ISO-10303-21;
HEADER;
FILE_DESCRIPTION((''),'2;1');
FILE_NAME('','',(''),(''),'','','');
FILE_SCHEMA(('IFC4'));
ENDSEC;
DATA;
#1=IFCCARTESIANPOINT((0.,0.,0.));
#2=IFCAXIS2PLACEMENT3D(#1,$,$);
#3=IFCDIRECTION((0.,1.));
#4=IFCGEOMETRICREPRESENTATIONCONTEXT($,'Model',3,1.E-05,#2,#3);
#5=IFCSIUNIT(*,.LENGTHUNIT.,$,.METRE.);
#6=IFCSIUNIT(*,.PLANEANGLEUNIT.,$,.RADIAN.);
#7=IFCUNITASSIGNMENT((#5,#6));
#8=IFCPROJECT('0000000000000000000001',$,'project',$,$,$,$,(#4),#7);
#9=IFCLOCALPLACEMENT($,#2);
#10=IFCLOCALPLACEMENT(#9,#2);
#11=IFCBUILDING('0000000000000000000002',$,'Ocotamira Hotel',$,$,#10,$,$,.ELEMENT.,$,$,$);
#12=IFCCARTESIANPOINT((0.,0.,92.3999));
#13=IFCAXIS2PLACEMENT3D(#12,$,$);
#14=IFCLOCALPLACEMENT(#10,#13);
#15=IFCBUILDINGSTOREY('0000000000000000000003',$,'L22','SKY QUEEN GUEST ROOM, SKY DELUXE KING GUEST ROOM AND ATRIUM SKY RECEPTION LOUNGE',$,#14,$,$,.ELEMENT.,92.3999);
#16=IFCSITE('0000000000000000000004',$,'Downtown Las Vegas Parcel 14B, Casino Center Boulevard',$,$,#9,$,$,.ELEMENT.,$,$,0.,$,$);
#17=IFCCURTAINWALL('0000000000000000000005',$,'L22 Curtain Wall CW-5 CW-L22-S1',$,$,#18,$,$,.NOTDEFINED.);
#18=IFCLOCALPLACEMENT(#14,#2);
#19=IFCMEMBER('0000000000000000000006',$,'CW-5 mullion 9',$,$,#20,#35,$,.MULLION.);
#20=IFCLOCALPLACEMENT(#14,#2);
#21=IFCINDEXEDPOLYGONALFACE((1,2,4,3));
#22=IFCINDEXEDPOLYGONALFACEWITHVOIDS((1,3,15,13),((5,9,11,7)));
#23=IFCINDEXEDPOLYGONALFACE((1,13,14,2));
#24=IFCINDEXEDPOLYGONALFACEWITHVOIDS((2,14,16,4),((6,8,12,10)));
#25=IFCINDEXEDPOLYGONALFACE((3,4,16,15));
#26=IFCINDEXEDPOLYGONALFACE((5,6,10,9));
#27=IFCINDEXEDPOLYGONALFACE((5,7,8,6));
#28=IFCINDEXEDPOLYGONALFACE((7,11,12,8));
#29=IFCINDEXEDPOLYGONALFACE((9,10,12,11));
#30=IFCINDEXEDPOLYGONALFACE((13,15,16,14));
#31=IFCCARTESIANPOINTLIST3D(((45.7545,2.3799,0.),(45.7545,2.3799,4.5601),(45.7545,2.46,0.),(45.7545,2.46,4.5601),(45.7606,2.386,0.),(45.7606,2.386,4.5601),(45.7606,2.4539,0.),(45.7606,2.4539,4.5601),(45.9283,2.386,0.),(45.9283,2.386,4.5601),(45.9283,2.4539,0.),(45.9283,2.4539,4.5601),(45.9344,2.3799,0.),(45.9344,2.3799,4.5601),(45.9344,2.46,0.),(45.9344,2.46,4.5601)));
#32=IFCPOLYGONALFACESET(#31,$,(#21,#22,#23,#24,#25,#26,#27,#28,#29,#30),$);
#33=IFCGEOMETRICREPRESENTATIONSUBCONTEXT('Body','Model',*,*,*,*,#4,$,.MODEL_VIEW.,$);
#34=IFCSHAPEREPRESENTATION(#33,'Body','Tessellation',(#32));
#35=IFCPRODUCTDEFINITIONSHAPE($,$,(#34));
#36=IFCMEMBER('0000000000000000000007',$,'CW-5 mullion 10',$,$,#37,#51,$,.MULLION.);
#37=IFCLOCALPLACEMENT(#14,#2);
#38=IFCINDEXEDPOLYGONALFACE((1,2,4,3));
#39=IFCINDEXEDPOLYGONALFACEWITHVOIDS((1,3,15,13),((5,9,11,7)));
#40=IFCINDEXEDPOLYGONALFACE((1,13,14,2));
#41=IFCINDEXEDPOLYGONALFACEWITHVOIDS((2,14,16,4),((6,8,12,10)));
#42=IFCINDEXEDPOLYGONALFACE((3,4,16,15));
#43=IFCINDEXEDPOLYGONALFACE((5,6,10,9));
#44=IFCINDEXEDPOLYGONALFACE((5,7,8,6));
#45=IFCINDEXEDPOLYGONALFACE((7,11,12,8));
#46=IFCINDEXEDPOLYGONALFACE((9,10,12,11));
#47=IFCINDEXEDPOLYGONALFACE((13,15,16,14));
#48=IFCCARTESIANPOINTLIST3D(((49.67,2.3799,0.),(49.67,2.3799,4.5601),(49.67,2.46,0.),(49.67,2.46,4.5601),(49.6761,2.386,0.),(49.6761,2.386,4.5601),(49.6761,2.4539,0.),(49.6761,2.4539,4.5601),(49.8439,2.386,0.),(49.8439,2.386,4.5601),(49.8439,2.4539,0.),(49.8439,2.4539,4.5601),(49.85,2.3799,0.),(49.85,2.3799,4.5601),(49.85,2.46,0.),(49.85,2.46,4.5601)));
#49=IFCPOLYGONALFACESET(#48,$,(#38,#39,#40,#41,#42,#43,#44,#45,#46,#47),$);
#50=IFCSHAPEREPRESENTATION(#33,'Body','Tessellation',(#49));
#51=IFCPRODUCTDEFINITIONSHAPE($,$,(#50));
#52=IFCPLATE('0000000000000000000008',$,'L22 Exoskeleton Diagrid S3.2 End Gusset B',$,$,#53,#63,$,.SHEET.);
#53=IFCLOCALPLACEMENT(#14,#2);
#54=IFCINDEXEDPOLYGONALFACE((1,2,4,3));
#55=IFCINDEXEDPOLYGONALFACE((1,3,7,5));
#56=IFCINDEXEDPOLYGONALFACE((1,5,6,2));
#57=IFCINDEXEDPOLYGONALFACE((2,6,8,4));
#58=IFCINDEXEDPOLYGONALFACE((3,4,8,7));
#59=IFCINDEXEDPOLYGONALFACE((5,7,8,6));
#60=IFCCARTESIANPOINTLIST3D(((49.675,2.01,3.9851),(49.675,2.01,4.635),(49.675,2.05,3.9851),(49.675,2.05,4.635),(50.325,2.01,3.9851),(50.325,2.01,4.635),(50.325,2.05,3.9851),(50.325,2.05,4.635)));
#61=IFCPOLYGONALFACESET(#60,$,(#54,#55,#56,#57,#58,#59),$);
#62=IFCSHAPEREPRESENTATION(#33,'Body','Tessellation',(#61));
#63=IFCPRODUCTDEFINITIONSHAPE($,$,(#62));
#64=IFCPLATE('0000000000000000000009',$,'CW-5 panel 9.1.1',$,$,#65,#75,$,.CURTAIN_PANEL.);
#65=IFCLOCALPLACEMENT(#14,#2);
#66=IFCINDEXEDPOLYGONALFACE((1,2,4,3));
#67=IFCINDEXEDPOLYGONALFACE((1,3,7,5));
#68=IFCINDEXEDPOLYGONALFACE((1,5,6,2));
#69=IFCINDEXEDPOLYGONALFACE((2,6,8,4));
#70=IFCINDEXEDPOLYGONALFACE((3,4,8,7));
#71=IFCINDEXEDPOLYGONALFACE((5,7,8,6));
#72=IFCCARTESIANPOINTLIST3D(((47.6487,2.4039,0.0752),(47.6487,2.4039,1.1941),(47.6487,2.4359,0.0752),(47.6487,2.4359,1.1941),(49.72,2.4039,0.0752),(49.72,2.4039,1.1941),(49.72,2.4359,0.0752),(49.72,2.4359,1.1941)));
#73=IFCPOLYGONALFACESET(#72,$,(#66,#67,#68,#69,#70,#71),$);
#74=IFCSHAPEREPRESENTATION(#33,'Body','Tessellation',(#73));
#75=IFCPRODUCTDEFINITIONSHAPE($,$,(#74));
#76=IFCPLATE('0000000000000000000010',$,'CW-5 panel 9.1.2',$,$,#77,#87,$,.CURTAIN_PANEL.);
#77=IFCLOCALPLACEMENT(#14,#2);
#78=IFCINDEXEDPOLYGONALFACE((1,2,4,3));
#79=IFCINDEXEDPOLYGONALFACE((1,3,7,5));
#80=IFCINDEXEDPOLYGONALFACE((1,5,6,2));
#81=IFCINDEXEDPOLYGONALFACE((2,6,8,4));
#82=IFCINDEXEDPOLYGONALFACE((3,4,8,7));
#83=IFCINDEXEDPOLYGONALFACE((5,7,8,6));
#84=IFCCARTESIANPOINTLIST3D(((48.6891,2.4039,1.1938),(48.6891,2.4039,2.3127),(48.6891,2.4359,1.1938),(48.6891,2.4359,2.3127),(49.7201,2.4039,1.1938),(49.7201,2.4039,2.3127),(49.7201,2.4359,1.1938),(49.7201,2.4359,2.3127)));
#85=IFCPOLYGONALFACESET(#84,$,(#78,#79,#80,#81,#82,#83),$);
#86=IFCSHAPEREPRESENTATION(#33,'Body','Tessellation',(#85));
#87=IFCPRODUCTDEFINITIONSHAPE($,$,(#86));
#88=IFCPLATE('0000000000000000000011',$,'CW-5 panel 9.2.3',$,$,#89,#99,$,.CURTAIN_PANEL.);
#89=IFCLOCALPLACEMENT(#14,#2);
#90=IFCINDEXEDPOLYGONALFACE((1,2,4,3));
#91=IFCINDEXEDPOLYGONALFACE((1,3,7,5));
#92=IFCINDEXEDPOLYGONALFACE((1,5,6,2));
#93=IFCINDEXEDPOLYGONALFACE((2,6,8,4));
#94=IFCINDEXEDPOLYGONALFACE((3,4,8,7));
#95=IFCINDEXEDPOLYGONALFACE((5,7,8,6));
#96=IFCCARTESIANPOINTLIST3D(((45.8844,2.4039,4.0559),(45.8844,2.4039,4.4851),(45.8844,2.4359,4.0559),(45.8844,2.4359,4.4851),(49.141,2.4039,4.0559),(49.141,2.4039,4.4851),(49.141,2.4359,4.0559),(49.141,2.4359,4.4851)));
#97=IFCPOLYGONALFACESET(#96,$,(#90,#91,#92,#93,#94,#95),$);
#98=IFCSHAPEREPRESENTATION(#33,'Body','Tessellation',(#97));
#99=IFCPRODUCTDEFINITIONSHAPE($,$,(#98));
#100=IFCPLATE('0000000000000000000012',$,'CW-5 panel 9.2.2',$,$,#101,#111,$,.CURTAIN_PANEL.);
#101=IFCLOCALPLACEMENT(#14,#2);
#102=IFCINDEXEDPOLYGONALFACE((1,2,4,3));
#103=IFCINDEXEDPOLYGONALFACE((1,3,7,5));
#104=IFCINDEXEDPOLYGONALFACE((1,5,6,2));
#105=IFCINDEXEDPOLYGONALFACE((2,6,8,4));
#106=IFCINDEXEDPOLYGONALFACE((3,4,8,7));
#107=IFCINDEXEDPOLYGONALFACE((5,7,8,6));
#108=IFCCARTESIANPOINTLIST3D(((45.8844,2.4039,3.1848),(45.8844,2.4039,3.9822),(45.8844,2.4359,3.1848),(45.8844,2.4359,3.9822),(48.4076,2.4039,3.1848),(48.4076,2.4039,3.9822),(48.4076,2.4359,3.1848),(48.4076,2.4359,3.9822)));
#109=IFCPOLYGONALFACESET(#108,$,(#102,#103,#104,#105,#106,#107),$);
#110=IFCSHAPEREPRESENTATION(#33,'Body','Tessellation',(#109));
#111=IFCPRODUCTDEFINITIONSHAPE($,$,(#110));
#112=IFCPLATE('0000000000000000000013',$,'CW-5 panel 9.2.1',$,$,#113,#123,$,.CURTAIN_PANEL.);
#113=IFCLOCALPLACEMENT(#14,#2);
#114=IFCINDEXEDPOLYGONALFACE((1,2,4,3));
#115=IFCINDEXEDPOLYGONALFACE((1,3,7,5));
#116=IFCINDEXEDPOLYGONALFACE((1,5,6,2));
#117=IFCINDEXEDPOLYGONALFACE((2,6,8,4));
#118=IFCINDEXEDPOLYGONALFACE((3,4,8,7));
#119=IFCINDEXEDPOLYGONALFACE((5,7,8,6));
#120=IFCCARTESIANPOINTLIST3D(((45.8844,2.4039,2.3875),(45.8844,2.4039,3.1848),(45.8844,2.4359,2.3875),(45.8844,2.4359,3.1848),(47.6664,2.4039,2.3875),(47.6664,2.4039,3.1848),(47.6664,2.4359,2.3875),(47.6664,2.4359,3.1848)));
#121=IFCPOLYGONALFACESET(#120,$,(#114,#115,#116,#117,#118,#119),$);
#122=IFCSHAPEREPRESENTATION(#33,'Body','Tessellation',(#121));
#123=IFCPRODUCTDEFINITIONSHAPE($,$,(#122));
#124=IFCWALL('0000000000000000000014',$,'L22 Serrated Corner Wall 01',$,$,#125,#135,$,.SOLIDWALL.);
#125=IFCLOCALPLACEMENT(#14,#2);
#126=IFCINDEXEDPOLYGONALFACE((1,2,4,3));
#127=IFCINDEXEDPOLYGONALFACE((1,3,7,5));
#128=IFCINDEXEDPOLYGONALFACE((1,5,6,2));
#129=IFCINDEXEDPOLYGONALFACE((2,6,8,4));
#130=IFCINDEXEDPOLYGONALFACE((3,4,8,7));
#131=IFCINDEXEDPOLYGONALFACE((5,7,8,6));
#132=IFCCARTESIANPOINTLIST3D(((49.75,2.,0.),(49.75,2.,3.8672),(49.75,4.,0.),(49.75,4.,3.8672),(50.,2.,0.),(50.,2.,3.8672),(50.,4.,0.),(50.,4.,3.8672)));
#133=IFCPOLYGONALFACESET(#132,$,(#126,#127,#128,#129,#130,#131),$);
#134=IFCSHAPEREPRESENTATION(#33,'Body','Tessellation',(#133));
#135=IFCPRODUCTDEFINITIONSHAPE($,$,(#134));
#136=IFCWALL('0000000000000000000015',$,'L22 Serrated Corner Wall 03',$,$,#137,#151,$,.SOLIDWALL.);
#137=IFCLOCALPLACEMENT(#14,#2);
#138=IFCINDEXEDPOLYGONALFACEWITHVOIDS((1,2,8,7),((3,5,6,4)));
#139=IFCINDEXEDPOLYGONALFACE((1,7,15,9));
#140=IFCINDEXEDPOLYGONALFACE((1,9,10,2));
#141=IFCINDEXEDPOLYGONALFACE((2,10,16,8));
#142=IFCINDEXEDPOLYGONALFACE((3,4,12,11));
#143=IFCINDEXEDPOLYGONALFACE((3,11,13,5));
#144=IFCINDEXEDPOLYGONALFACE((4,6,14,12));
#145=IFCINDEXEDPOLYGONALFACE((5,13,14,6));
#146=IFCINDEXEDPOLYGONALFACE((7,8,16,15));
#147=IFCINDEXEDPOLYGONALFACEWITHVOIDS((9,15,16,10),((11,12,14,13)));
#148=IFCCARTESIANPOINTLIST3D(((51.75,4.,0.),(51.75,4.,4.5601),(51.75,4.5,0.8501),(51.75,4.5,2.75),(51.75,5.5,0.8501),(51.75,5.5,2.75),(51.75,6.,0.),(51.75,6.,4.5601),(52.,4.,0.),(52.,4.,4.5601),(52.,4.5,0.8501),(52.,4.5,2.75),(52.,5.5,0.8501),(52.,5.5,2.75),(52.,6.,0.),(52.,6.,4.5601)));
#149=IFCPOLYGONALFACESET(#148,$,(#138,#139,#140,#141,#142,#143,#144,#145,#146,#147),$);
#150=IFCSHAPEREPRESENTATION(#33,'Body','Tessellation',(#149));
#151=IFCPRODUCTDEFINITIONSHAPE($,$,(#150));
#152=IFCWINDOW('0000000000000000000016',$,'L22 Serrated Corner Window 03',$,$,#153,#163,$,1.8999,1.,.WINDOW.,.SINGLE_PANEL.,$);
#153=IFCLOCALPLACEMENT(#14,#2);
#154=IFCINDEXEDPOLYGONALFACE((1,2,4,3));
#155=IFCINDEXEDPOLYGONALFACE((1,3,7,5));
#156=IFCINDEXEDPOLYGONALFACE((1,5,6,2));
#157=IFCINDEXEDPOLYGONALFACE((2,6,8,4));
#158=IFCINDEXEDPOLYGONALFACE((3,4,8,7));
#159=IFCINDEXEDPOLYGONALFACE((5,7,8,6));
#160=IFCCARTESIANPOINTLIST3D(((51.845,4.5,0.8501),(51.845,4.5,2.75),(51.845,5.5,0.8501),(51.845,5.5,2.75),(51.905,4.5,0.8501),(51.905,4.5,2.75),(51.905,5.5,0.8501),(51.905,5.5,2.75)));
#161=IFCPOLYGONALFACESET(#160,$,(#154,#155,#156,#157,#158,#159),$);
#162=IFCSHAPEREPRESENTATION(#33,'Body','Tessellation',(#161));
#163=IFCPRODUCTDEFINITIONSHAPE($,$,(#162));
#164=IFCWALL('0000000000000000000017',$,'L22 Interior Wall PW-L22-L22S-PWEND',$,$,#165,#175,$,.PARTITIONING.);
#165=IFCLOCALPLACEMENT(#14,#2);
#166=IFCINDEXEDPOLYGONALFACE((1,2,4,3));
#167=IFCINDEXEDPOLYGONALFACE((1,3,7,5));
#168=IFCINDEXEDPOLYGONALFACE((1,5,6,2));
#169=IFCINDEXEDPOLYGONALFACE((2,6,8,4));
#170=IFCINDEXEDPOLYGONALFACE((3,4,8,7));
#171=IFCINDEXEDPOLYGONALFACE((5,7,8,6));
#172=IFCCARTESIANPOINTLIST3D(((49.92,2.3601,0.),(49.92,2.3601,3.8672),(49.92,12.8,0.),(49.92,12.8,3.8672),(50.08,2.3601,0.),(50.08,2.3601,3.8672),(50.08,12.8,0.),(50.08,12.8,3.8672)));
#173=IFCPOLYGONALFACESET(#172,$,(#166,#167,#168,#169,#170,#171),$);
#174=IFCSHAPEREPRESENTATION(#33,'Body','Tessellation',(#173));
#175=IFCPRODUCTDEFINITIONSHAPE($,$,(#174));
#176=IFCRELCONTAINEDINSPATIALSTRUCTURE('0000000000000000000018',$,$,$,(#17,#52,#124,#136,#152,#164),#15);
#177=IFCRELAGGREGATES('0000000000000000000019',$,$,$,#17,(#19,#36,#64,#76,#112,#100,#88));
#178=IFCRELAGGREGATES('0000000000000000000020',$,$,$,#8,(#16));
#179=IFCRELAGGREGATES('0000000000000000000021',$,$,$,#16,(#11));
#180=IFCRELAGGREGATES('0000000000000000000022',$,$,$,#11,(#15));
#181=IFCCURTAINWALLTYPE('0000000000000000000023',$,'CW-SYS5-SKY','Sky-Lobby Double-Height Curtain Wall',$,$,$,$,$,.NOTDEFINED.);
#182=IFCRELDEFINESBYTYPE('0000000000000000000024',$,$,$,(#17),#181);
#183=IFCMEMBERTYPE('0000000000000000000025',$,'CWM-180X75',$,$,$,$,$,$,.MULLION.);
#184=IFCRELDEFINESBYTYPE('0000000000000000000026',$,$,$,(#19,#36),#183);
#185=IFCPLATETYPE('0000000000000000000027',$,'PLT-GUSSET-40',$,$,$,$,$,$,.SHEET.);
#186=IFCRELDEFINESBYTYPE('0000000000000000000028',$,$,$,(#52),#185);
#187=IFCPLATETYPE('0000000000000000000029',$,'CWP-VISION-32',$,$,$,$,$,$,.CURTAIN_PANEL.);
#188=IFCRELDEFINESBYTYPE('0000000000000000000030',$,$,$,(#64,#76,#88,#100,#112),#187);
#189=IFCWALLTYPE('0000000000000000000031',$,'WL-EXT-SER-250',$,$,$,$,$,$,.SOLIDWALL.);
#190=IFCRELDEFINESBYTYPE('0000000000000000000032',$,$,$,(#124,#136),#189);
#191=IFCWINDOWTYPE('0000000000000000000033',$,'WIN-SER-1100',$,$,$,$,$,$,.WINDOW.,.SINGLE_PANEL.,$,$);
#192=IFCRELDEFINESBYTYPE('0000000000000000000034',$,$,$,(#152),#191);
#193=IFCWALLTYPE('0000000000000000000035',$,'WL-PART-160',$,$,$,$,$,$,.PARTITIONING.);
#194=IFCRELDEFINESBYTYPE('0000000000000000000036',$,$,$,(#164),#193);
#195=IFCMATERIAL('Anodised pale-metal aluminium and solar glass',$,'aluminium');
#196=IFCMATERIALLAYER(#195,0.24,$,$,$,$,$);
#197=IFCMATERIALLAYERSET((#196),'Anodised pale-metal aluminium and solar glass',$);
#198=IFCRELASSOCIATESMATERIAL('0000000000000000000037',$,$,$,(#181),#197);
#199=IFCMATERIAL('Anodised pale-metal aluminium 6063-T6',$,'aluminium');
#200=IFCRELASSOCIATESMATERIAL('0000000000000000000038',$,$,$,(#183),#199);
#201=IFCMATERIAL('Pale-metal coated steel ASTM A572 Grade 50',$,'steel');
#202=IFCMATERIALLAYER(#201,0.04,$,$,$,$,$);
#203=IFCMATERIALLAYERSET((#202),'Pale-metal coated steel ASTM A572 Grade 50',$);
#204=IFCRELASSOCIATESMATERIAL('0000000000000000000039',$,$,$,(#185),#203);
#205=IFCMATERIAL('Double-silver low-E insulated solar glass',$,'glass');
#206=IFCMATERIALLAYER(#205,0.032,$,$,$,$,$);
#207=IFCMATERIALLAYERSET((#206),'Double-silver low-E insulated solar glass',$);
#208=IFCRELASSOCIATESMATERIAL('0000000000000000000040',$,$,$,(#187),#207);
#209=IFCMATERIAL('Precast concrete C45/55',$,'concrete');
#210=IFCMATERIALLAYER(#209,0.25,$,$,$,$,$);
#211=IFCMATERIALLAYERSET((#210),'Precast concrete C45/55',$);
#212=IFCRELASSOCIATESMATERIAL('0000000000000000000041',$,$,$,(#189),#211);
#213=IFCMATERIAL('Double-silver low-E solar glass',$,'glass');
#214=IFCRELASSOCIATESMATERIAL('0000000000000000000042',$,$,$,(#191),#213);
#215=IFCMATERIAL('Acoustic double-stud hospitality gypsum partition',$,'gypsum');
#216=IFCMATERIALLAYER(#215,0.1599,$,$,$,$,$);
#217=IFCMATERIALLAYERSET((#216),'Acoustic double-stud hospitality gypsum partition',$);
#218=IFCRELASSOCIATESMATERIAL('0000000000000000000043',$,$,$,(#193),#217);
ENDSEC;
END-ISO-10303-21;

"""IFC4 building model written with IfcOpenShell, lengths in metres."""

from ifc_helpers import new_model, si_unit, direction, frame, frame_2d, origin, origin_2d, place, context, subcontext, project, spatial, rectangle, hollow_rectangle, extrude, source, transform, mapped, material, layer, layer_set, material_profile, profile_set, type_object, element, fill, aggregate, save


model = new_model("IFC4")

# Units and contexts
model_context = context("Model", 3, precision=1e-05, world=origin(), true_north=direction((0.0, 1.0)))
body_context = subcontext(model_context, "Body", "Model", "MODEL_VIEW")
ifc_project = project(units=[si_unit("LENGTHUNIT", "METRE"), si_unit("PLANEANGLEUNIT", "RADIAN")], contexts=[model_context])

# Site, building, storey
site_placement = place(None, origin())
site = spatial("IfcSite", under=ifc_project, at=site_placement, Name="Downtown Las Vegas Parcel 14B, Casino Center Boulevard", CompositionType="ELEMENT", RefElevation=0.0)
building_placement = place(site_placement, origin())
building = spatial("IfcBuilding", under=site, at=building_placement, Name="Ocotamira Hotel", CompositionType="ELEMENT")
storey_placement = place(building_placement, frame((0.0, 0.0, 92.3999)))
storey = spatial("IfcBuildingStorey", under=building, at=storey_placement, Name="L22", Description="SKY QUEEN GUEST ROOM, SKY DELUXE KING GUEST ROOM AND ATRIUM SKY RECEPTION LOUNGE", CompositionType="ELEMENT", Elevation=92.3999)

# Curtain wall, members
ifc_material_1 = material(Name="Anodised pale-metal aluminium and solar glass", Category="aluminium")
ifc_layer_1 = layer(ifc_material_1, 0.24)
ifc_layer_set_1 = layer_set([ifc_layer_1], Name="Anodised pale-metal aluminium and solar glass")
curtain_wall_type = type_object("IfcCurtainWallType", Name="CW-SYS5-SKY", Description="Sky-Lobby Double-Height Curtain Wall", PredefinedType="NOTDEFINED", material=ifc_layer_set_1)
curtain_wall_placement = place(storey_placement, origin())
curtain_wall = element("IfcCurtainWall", 1, at=curtain_wall_placement, inside=storey, type_object=curtain_wall_type, Name="L22 Curtain Wall CW-5 CW-L22-S1", PredefinedType="NOTDEFINED")
ifc_material_2 = material(Name="Anodised pale-metal aluminium 6063-T6", Category="aluminium")
ifc_material_profile_1 = material_profile(ifc_material_2, hollow_rectangle(XDim=0.0801, YDim=0.1799, WallThickness=0.0061, at=origin_2d()), Name="HSS180X80X6")
ifc_profile_set_1 = profile_set([ifc_material_profile_1], Name="Anodised pale-metal aluminium 6063-T6")
member_type_1 = type_object("IfcMemberType", Name="CWM-180X75", PredefinedType="MULLION", material=ifc_profile_set_1)
shared_shape_1 = source(origin(), body_context, "Body", "SweptSolid", [
    extrude(hollow_rectangle(XDim=0.0801, YDim=0.1799, WallThickness=0.0061, at=origin_2d()), origin(), (0.0, 0.0, 1.0), 4.5601),
])
member_1_placement = place(storey_placement, frame((45.8445, 2.4199, 0.0), z_axis=(0.0, 0.0, 1.0), x_axis=(0.0, 1.0, 0.0)))
member_1 = element("IfcMember", 2, at=member_1_placement, type_object=member_type_1, Name="CW-5 mullion 9", PredefinedType="MULLION", context=body_context, shape_type="MappedRepresentation", body=[
    mapped(shared_shape_1, transform((0.0, 0.0, 0.0), scale=1.0)),
])
member_2_placement = place(storey_placement, frame((49.76, 2.4199, 0.0), z_axis=(0.0, 0.0, 1.0), x_axis=(0.0, 1.0, 0.0)))
member_2 = element("IfcMember", 3, at=member_2_placement, type_object=member_type_1, Name="CW-5 mullion 10", PredefinedType="MULLION", context=body_context, shape_type="MappedRepresentation", body=[
    mapped(shared_shape_1, transform((0.0, 0.0, 0.0), scale=1.0)),
])

# Plates
ifc_material_3 = material(Name="Pale-metal coated steel ASTM A572 Grade 50", Category="steel")
ifc_layer_2 = layer(ifc_material_3, 0.04)
ifc_layer_set_2 = layer_set([ifc_layer_2], Name="Pale-metal coated steel ASTM A572 Grade 50")
plate_type_1 = type_object("IfcPlateType", Name="PLT-GUSSET-40", PredefinedType="SHEET", material=ifc_layer_set_2)
shared_shape_2 = source(origin(), body_context, "Body", "SweptSolid", [
    extrude(rectangle(XDim=0.6499, YDim=0.04, at=origin_2d()), origin(), (0.0, 0.0, 1.0), 0.6499),
])
plate_1_placement = place(storey_placement, frame((50.0, 2.03, 3.9851), z_axis=(0.0, 0.0, 1.0), x_axis=(1.0, 0.0, 0.0)))
element("IfcPlate", 4, at=plate_1_placement, inside=storey, type_object=plate_type_1, Name="L22 Exoskeleton Diagrid S3.2 End Gusset B", PredefinedType="SHEET", context=body_context, shape_type="MappedRepresentation", body=[
    mapped(shared_shape_2, transform((0.0, 0.0, 0.0), scale=1.0)),
])
ifc_material_4 = material(Name="Double-silver low-E insulated solar glass", Category="glass")
ifc_layer_3 = layer(ifc_material_4, 0.032)
ifc_layer_set_3 = layer_set([ifc_layer_3], Name="Double-silver low-E insulated solar glass")
plate_type_2 = type_object("IfcPlateType", Name="CWP-VISION-32", PredefinedType="CURTAIN_PANEL", material=ifc_layer_set_3)
shared_shape_3 = source(origin(), body_context, "Body", "SweptSolid", [
    extrude(rectangle(XDim=2.0713, YDim=0.032, at=origin_2d()), origin(), (0.0, 0.0, 1.0), 1.1189),
])
plate_2_placement = place(storey_placement, frame((48.6843, 2.4199, 0.0752), z_axis=(0.0, 0.0, 1.0), x_axis=(1.0, 0.0, 0.0)))
plate_2 = element("IfcPlate", 5, at=plate_2_placement, type_object=plate_type_2, Name="CW-5 panel 9.1.1", PredefinedType="CURTAIN_PANEL", context=body_context, shape_type="MappedRepresentation", body=[
    mapped(shared_shape_3, transform((0.0, 0.0, 0.0), scale=1.0)),
])
shared_shape_4 = source(origin(), body_context, "Body", "SweptSolid", [
    extrude(rectangle(XDim=1.031, YDim=0.032, at=origin_2d()), origin(), (0.0, 0.0, 1.0), 1.1189),
])
plate_3_placement = place(storey_placement, frame((49.2046, 2.4199, 1.1938), z_axis=(0.0, 0.0, 1.0), x_axis=(1.0, 0.0, 0.0)))
plate_3 = element("IfcPlate", 6, at=plate_3_placement, type_object=plate_type_2, Name="CW-5 panel 9.1.2", PredefinedType="CURTAIN_PANEL", context=body_context, shape_type="MappedRepresentation", body=[
    mapped(shared_shape_4, transform((0.0, 0.0, 0.0), scale=1.0)),
])
shared_shape_5 = source(origin(), body_context, "Body", "SweptSolid", [
    extrude(rectangle(XDim=3.2566, YDim=0.032, at=origin_2d()), origin(), (0.0, 0.0, 1.0), 0.4292),
])
plate_4_placement = place(storey_placement, frame((47.5127, 2.4199, 4.0559), z_axis=(0.0, 0.0, 1.0), x_axis=(1.0, 0.0, 0.0)))
plate_4 = element("IfcPlate", 7, at=plate_4_placement, type_object=plate_type_2, Name="CW-5 panel 9.2.3", PredefinedType="CURTAIN_PANEL", context=body_context, shape_type="MappedRepresentation", body=[
    mapped(shared_shape_5, transform((0.0, 0.0, 0.0), scale=1.0)),
])
shared_shape_6 = source(origin(), body_context, "Body", "SweptSolid", [
    extrude(rectangle(XDim=2.5232, YDim=0.032, at=origin_2d()), origin(), (0.0, 0.0, 1.0), 0.7974),
])
plate_5_placement = place(storey_placement, frame((47.146, 2.4199, 3.1848), z_axis=(0.0, 0.0, 1.0), x_axis=(1.0, 0.0, 0.0)))
plate_5 = element("IfcPlate", 8, at=plate_5_placement, type_object=plate_type_2, Name="CW-5 panel 9.2.2", PredefinedType="CURTAIN_PANEL", context=body_context, shape_type="MappedRepresentation", body=[
    mapped(shared_shape_6, transform((0.0, 0.0, 0.0), scale=1.0)),
])
shared_shape_7 = source(origin(), body_context, "Body", "SweptSolid", [
    extrude(rectangle(XDim=1.782, YDim=0.032, at=origin_2d()), origin(), (0.0, 0.0, 1.0), 0.7974),
])
plate_6_placement = place(storey_placement, frame((46.7754, 2.4199, 2.3875), z_axis=(0.0, 0.0, 1.0), x_axis=(1.0, 0.0, 0.0)))
plate_6 = element("IfcPlate", 9, at=plate_6_placement, type_object=plate_type_2, Name="CW-5 panel 9.2.1", PredefinedType="CURTAIN_PANEL", context=body_context, shape_type="MappedRepresentation", body=[
    mapped(shared_shape_7, transform((0.0, 0.0, 0.0), scale=1.0)),
])
aggregate(curtain_wall, [member_1, member_2, plate_2, plate_3, plate_6, plate_5, plate_4])

# Wall
ifc_material_5 = material(Name="Precast concrete C45/55", Category="concrete")
ifc_layer_4 = layer(ifc_material_5, 0.25)
ifc_layer_set_4 = layer_set([ifc_layer_4], Name="Precast concrete C45/55")
wall_type_1 = type_object("IfcWallType", Name="WL-EXT-SER-250", PredefinedType="SOLIDWALL", material=ifc_layer_set_4)
wall_1_placement = place(storey_placement, frame((49.875, 2.0, 0.0), z_axis=(0.0, 0.0, 1.0), x_axis=(0.0, 1.0, 0.0)))
element("IfcWall", 10, at=wall_1_placement, inside=storey, type_object=wall_type_1, Name="L22 Serrated Corner Wall 01", PredefinedType="SOLIDWALL", context=body_context, shape_type="SweptSolid", body=[
    extrude(rectangle(XDim=2.0, YDim=0.25, at=frame_2d((1.0, 0.0))), origin(), (0.0, 0.0, 1.0), 3.8672),
])

# Wall, opening, window
wall_2_placement = place(storey_placement, frame((51.875, 4.0, 0.0), z_axis=(0.0, 0.0, 1.0), x_axis=(0.0, 1.0, 0.0)))
wall_2 = element("IfcWall", 11, at=wall_2_placement, inside=storey, type_object=wall_type_1, Name="L22 Serrated Corner Wall 03", PredefinedType="SOLIDWALL", context=body_context, shape_type="SweptSolid", body=[
    extrude(rectangle(XDim=2.0, YDim=0.25, at=frame_2d((1.0, 0.0))), origin(), (0.0, 0.0, 1.0), 4.5601),
])
opening_placement = place(wall_2_placement, frame((0.5, 0.0, 0.8501)))
opening = element("IfcOpeningElement", 12, at=opening_placement, cuts=wall_2, PredefinedType="OPENING", context=body_context, shape_type="SweptSolid", body=[
    extrude(rectangle(XDim=1.0, YDim=1.8999, at=frame_2d((0.5, 0.95))), frame((0.0, 0.135, 0.0), z_axis=(0.0, -1.0, 0.0), x_axis=(1.0, 0.0, 0.0)), (0.0, 0.0, 1.0), 0.27),
])
ifc_material_6 = material(Name="Double-silver low-E solar glass", Category="glass")
window_type = type_object("IfcWindowType", Name="WIN-SER-1100", PartitioningType="SINGLE_PANEL", PredefinedType="WINDOW", material=ifc_material_6)
shared_shape_8 = source(origin(), body_context, "Body", "SweptSolid", [
    extrude(rectangle(XDim=1.0, YDim=1.8999, at=frame_2d((0.5, 0.95))), frame((0.0, 0.03, 0.0), z_axis=(0.0, -1.0, 0.0), x_axis=(1.0, 0.0, 0.0)), (0.0, 0.0, 1.0), 0.0601),
])
window_placement = place(opening_placement, origin())
window = element("IfcWindow", 13, at=window_placement, inside=storey, type_object=window_type, Name="L22 Serrated Corner Window 03", OverallHeight=1.8999, OverallWidth=1.0, PartitioningType="SINGLE_PANEL", PredefinedType="WINDOW", context=body_context, shape_type="MappedRepresentation", body=[
    mapped(shared_shape_8, transform((0.0, 0.0, 0.0), scale=1.0)),
])
fill(opening, window)

# Wall
ifc_material_7 = material(Name="Acoustic double-stud hospitality gypsum partition", Category="gypsum")
ifc_layer_5 = layer(ifc_material_7, 0.1599)
ifc_layer_set_5 = layer_set([ifc_layer_5], Name="Acoustic double-stud hospitality gypsum partition")
wall_type_2 = type_object("IfcWallType", Name="WL-PART-160", PredefinedType="PARTITIONING", material=ifc_layer_set_5)
wall_3_placement = place(storey_placement, frame((50.0, 2.3601, 0.0), z_axis=(0.0, 0.0, 1.0), x_axis=(0.0, 1.0, 0.0)))
element("IfcWall", 14, at=wall_3_placement, inside=storey, type_object=wall_type_2, Name="L22 Interior Wall PW-L22-L22S-PWEND", PredefinedType="PARTITIONING", context=body_context, shape_type="SweptSolid", body=[
    extrude(rectangle(XDim=10.4399, YDim=0.1599, at=frame_2d((5.22, 0.0))), origin(), (0.0, 0.0, 1.0), 3.8672),
])

save(model, "model.ifc")
